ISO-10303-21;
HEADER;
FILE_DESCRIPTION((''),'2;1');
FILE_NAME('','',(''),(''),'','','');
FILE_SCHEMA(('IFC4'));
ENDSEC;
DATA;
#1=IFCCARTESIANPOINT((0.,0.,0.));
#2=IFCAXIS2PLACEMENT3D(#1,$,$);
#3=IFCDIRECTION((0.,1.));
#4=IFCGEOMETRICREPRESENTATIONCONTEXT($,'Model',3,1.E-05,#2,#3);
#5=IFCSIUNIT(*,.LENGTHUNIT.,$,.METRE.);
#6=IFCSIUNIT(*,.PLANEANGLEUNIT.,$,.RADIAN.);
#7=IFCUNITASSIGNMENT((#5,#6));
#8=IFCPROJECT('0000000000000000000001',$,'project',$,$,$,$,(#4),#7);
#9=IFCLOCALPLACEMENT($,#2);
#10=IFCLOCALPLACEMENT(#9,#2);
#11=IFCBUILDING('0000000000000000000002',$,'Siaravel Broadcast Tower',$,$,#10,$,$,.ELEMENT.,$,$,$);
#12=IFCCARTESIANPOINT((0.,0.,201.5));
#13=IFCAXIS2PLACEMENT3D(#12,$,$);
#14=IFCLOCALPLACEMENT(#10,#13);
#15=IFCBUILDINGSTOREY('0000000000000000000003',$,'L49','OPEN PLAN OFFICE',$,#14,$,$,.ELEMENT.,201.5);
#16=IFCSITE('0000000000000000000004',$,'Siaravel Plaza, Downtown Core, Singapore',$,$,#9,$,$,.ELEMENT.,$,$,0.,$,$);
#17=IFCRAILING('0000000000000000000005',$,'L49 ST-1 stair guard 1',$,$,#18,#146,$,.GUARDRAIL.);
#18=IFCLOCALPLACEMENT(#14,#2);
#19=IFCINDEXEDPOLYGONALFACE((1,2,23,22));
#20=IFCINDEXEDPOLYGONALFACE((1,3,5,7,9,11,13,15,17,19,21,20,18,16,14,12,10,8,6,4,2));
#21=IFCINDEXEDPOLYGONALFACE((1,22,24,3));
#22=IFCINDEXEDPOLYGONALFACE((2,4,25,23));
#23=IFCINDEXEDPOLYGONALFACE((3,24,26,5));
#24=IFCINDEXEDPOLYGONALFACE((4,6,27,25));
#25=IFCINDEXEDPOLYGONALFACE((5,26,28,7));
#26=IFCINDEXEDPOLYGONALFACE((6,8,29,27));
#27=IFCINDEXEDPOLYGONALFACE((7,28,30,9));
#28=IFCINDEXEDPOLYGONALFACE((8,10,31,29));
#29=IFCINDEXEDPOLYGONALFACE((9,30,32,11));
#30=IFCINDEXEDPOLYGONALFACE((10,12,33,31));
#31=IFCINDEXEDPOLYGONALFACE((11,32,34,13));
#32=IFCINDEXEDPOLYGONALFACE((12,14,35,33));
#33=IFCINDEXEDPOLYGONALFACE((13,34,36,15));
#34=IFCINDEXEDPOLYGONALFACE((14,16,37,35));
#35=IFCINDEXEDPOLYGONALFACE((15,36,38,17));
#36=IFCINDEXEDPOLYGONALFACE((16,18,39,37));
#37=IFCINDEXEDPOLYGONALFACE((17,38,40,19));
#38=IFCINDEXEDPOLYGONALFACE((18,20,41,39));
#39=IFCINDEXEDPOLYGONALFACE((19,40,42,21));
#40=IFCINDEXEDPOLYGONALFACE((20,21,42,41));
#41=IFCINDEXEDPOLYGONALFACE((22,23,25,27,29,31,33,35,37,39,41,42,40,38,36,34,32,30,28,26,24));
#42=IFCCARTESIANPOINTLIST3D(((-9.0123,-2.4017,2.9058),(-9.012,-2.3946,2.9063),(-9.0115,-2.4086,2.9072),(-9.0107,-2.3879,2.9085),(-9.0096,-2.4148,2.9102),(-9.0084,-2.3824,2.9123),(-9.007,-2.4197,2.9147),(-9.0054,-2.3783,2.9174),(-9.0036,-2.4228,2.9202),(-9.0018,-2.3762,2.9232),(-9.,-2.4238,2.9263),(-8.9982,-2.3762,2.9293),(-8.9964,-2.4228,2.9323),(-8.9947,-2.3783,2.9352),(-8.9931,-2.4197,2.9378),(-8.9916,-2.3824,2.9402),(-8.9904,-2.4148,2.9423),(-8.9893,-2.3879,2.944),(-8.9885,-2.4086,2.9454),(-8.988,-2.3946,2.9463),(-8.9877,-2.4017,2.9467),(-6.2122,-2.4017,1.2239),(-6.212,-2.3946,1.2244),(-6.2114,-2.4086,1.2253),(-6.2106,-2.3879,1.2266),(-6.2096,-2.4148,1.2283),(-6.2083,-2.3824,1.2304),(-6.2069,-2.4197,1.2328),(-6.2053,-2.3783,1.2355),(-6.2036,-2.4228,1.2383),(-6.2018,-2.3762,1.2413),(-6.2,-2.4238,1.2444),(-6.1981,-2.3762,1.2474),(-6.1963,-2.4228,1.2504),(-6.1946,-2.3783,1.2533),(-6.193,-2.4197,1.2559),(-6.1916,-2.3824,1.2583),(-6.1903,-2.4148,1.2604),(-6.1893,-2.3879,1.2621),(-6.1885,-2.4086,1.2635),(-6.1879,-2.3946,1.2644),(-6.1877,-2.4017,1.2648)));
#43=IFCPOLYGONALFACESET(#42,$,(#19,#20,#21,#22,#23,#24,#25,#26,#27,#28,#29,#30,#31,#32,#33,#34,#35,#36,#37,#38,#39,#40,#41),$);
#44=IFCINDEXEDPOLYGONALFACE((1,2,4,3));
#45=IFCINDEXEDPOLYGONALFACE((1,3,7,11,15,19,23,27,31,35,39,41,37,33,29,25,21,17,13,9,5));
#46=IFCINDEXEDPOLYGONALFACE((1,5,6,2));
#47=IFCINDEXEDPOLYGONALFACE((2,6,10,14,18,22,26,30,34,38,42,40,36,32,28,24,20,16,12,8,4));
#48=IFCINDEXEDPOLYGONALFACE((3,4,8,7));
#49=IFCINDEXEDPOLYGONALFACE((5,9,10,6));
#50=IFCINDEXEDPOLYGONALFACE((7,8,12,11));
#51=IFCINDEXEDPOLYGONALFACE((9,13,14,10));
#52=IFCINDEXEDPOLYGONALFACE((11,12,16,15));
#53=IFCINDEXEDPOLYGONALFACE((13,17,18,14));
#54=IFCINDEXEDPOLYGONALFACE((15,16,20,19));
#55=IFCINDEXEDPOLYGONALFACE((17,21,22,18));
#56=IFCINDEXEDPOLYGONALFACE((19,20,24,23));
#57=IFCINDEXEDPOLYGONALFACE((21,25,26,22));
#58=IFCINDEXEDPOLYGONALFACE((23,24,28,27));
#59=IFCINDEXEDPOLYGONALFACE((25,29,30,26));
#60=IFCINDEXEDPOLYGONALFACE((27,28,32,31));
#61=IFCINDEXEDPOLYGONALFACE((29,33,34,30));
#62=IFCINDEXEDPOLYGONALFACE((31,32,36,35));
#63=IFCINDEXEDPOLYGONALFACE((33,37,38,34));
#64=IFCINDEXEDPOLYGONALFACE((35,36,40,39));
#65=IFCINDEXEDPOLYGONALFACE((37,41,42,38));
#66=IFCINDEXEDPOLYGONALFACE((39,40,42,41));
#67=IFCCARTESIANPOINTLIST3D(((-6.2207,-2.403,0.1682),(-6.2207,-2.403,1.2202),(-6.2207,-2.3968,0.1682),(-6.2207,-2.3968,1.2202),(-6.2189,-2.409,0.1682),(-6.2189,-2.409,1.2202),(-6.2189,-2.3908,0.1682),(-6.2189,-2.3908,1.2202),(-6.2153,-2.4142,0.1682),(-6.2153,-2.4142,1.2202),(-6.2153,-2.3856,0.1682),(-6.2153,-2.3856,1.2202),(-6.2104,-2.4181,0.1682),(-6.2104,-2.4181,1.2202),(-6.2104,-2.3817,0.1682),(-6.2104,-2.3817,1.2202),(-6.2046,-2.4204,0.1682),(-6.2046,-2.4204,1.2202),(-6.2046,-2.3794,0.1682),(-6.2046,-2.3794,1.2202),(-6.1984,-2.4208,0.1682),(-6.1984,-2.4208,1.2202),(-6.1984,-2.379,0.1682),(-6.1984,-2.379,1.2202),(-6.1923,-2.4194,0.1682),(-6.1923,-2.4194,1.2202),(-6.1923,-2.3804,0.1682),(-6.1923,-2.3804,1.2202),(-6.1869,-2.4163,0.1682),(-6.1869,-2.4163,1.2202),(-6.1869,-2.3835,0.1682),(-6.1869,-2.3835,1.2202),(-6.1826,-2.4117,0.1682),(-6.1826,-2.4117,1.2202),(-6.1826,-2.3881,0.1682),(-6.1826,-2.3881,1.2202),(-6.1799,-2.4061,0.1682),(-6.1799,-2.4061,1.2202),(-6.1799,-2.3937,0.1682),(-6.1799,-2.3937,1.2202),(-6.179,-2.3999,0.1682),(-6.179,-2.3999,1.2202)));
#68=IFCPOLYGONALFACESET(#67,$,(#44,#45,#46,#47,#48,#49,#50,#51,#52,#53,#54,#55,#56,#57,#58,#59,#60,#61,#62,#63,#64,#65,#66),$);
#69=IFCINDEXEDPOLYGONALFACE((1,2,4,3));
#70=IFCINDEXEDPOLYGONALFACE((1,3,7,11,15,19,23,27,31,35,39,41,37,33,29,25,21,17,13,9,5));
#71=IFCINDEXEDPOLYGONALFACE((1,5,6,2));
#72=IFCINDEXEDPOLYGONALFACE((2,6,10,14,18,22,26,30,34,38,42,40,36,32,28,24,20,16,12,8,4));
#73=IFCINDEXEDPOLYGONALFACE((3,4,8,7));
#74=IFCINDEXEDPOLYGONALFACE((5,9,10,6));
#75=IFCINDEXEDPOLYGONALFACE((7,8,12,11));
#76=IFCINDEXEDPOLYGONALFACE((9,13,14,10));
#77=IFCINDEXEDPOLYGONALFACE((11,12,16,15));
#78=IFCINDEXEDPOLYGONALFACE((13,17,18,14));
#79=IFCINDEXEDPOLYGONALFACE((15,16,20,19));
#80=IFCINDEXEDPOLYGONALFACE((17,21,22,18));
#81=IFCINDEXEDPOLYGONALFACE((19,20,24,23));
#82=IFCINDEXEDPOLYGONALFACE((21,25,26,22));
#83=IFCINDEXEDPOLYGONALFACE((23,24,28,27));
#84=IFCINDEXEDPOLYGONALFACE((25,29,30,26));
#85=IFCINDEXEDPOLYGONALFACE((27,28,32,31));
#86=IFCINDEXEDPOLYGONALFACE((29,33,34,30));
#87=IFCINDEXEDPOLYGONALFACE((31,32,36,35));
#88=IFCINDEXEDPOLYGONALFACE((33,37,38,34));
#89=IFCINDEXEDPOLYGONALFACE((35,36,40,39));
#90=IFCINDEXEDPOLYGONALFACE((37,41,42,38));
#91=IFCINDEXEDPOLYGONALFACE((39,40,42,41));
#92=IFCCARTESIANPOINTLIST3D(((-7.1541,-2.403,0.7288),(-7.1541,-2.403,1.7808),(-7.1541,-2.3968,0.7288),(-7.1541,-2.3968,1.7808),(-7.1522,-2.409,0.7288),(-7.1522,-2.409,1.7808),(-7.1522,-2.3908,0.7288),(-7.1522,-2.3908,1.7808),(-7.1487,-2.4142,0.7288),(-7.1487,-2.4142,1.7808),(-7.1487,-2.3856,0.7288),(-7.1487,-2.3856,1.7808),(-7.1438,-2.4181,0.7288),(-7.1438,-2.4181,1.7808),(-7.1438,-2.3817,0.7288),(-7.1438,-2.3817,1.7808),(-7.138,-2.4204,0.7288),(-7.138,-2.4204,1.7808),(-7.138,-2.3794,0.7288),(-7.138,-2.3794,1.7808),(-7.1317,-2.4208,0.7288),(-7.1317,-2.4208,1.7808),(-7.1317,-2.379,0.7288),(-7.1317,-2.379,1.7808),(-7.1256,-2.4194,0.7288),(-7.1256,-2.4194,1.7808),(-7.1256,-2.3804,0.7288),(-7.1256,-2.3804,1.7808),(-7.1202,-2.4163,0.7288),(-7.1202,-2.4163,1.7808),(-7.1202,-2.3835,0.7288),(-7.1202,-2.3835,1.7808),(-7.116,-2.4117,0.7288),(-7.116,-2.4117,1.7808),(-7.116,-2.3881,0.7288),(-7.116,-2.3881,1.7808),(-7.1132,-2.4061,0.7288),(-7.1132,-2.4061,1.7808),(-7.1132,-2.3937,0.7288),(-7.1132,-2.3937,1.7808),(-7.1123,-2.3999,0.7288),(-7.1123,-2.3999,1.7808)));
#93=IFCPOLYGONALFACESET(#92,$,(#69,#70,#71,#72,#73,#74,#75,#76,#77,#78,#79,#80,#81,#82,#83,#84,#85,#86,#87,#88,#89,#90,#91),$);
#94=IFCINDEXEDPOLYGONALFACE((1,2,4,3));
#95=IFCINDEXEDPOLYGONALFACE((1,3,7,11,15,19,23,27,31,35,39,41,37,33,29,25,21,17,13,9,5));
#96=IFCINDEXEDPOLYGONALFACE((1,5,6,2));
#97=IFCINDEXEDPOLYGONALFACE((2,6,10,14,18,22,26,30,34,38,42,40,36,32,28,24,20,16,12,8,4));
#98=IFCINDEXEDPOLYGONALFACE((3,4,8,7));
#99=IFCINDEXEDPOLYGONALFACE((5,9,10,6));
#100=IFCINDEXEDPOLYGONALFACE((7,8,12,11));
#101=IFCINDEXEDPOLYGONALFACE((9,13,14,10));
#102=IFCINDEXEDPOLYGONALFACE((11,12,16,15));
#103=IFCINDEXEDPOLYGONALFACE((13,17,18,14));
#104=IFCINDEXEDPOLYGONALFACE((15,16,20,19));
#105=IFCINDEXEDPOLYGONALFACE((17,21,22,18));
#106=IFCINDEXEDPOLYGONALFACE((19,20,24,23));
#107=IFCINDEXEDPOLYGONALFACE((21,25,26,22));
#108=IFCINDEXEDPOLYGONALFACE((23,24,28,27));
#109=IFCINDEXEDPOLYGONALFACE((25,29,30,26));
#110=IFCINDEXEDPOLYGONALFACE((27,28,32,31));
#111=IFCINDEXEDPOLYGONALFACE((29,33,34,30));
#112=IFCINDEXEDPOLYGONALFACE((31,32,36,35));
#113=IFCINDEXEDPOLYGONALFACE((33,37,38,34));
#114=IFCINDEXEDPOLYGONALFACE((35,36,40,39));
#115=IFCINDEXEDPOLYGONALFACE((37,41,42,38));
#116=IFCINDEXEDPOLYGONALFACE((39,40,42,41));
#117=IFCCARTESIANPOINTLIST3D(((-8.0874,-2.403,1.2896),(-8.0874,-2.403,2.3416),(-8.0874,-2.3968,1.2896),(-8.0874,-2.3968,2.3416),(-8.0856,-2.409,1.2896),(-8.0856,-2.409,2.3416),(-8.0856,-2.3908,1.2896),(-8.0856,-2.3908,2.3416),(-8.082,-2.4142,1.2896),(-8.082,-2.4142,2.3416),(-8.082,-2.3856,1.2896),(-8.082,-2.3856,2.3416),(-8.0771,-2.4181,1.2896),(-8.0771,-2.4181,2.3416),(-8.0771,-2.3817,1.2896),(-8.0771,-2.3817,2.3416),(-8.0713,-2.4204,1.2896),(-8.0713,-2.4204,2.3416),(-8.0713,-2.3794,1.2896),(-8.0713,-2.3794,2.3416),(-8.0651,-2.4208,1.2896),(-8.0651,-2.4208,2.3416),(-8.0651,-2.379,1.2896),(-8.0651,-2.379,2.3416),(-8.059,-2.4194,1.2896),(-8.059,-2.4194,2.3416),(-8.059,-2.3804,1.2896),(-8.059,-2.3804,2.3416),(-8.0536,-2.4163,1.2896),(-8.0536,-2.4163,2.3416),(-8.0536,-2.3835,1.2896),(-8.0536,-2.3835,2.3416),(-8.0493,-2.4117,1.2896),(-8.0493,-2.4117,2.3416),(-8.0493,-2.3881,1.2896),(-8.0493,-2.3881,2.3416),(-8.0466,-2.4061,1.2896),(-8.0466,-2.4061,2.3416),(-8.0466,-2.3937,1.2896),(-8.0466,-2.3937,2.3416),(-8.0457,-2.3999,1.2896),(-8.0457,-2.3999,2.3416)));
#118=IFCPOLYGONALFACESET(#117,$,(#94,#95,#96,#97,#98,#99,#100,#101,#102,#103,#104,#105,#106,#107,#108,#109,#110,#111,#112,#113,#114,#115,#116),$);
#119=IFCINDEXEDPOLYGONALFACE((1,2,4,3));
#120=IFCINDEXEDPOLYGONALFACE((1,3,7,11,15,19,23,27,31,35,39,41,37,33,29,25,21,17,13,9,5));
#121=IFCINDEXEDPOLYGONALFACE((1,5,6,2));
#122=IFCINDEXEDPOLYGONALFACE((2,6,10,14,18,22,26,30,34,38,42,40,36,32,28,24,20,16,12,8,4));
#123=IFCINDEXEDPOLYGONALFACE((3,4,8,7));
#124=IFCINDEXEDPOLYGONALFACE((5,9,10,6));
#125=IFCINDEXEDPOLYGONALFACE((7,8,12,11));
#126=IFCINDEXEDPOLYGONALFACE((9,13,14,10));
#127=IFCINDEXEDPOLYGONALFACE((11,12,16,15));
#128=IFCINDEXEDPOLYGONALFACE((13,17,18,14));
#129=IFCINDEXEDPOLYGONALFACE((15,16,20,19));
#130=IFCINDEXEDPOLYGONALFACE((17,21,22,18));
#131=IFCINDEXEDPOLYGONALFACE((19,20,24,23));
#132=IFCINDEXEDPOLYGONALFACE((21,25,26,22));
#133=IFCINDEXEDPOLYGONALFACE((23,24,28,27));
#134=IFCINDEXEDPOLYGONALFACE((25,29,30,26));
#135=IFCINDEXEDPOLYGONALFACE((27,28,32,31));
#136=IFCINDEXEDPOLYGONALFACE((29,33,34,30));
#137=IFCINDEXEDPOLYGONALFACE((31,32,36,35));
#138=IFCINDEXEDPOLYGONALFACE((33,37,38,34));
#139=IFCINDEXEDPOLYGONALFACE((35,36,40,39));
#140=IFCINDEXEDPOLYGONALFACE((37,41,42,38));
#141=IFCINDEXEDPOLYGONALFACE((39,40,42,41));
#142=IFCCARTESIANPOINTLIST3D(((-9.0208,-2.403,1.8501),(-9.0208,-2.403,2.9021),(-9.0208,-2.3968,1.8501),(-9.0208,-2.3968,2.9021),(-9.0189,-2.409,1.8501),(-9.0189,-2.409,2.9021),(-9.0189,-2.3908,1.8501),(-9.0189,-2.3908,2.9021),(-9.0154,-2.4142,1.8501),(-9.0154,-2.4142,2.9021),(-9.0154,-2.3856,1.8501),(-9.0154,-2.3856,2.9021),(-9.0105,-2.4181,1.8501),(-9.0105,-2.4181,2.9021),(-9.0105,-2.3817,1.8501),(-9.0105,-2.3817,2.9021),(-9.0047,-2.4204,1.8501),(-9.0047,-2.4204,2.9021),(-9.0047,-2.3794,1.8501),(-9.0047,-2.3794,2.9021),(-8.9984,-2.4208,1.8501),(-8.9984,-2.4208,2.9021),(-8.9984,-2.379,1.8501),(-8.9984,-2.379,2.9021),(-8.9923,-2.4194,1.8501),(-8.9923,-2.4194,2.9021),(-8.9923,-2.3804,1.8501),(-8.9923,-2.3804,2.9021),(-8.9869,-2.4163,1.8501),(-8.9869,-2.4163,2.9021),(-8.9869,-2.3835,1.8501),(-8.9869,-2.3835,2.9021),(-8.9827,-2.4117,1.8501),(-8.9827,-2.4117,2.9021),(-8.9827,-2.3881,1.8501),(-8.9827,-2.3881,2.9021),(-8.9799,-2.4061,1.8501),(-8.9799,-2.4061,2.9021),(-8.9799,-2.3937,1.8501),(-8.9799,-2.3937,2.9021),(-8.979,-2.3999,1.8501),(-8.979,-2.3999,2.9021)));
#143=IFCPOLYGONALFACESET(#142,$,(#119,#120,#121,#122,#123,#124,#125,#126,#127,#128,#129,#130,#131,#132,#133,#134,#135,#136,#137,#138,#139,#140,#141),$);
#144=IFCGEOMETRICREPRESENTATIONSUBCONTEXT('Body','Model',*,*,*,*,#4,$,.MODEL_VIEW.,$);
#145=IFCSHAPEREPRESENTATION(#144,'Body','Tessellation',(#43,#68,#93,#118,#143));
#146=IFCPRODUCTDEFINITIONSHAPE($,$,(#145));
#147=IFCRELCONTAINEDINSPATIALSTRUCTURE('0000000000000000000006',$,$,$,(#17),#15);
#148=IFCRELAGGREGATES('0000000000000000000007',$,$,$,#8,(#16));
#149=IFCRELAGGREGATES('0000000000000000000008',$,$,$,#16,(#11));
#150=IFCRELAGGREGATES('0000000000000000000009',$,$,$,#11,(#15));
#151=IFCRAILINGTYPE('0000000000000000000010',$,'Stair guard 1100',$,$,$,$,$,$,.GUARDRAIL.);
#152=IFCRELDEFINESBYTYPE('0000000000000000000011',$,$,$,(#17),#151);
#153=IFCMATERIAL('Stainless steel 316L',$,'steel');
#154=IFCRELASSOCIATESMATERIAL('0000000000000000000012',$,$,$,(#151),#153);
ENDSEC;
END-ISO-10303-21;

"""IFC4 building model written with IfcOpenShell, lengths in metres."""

from ifc_helpers import new_model, si_unit, direction, frame, origin, origin_2d, place, context, subcontext, project, spatial, circle, extrude, material, type_object, element, save


model = new_model("IFC4")

# Units and contexts
model_context = context("Model", 3, precision=1e-05, world=origin(), true_north=direction((0.0, 1.0)))
body_context = subcontext(model_context, "Body", "Model", "MODEL_VIEW")
ifc_project = project(units=[si_unit("LENGTHUNIT", "METRE"), si_unit("PLANEANGLEUNIT", "RADIAN")], contexts=[model_context])

# Site, building, storey
site_placement = place(None, origin())
site = spatial("IfcSite", under=ifc_project, at=site_placement, Name="Siaravel Plaza, Downtown Core, Singapore", CompositionType="ELEMENT", RefElevation=0.0)
building_placement = place(site_placement, origin())
building = spatial("IfcBuilding", under=site, at=building_placement, Name="Siaravel Broadcast Tower", CompositionType="ELEMENT")
storey_placement = place(building_placement, frame((0.0, 0.0, 201.5)))
storey = spatial("IfcBuildingStorey", under=building, at=storey_placement, Name="L49", Description="OPEN PLAN OFFICE", CompositionType="ELEMENT", Elevation=201.5)

# Shared definitions
ifc_material_1 = material(Name="Stainless steel 316L", Category="steel")

# Railing
railing_type_1 = type_object("IfcRailingType", Name="Stair guard 1100", PredefinedType="GUARDRAIL", material=ifc_material_1)
railing_1_placement = place(storey_placement, frame((-6.2, -2.3999, 0.1682)))
element("IfcRailing", 1, at=railing_1_placement, inside=storey, type_object=railing_type_1, Name="L49 ST-1 stair guard 1", PredefinedType="GUARDRAIL", context=body_context, shape_type="SweptSolid", body=[
    extrude(circle(Radius=0.0239, at=origin_2d()), frame((0.0, 0.0, 1.0762), z_axis=(-0.857242, 0.0, 0.514913), x_axis=(0.0, -1.0, 0.0)), (0.0, 0.0, 1.0), 3.2664),
    extrude(circle(Radius=0.021, at=origin_2d()), origin(), (0.0, 0.0, 1.0), 1.052),
    extrude(circle(Radius=0.021, at=origin_2d()), frame((-0.9333, 0.0, 0.5605)), (0.0, 0.0, 1.0), 1.052),
    extrude(circle(Radius=0.021, at=origin_2d()), frame((-1.8667, 0.0, 1.1213)), (0.0, 0.0, 1.0), 1.052),
    extrude(circle(Radius=0.021, at=origin_2d()), frame((-2.8, 0.0, 1.6819)), (0.0, 0.0, 1.0), 1.052),
])

save(model, "model.ifc")
